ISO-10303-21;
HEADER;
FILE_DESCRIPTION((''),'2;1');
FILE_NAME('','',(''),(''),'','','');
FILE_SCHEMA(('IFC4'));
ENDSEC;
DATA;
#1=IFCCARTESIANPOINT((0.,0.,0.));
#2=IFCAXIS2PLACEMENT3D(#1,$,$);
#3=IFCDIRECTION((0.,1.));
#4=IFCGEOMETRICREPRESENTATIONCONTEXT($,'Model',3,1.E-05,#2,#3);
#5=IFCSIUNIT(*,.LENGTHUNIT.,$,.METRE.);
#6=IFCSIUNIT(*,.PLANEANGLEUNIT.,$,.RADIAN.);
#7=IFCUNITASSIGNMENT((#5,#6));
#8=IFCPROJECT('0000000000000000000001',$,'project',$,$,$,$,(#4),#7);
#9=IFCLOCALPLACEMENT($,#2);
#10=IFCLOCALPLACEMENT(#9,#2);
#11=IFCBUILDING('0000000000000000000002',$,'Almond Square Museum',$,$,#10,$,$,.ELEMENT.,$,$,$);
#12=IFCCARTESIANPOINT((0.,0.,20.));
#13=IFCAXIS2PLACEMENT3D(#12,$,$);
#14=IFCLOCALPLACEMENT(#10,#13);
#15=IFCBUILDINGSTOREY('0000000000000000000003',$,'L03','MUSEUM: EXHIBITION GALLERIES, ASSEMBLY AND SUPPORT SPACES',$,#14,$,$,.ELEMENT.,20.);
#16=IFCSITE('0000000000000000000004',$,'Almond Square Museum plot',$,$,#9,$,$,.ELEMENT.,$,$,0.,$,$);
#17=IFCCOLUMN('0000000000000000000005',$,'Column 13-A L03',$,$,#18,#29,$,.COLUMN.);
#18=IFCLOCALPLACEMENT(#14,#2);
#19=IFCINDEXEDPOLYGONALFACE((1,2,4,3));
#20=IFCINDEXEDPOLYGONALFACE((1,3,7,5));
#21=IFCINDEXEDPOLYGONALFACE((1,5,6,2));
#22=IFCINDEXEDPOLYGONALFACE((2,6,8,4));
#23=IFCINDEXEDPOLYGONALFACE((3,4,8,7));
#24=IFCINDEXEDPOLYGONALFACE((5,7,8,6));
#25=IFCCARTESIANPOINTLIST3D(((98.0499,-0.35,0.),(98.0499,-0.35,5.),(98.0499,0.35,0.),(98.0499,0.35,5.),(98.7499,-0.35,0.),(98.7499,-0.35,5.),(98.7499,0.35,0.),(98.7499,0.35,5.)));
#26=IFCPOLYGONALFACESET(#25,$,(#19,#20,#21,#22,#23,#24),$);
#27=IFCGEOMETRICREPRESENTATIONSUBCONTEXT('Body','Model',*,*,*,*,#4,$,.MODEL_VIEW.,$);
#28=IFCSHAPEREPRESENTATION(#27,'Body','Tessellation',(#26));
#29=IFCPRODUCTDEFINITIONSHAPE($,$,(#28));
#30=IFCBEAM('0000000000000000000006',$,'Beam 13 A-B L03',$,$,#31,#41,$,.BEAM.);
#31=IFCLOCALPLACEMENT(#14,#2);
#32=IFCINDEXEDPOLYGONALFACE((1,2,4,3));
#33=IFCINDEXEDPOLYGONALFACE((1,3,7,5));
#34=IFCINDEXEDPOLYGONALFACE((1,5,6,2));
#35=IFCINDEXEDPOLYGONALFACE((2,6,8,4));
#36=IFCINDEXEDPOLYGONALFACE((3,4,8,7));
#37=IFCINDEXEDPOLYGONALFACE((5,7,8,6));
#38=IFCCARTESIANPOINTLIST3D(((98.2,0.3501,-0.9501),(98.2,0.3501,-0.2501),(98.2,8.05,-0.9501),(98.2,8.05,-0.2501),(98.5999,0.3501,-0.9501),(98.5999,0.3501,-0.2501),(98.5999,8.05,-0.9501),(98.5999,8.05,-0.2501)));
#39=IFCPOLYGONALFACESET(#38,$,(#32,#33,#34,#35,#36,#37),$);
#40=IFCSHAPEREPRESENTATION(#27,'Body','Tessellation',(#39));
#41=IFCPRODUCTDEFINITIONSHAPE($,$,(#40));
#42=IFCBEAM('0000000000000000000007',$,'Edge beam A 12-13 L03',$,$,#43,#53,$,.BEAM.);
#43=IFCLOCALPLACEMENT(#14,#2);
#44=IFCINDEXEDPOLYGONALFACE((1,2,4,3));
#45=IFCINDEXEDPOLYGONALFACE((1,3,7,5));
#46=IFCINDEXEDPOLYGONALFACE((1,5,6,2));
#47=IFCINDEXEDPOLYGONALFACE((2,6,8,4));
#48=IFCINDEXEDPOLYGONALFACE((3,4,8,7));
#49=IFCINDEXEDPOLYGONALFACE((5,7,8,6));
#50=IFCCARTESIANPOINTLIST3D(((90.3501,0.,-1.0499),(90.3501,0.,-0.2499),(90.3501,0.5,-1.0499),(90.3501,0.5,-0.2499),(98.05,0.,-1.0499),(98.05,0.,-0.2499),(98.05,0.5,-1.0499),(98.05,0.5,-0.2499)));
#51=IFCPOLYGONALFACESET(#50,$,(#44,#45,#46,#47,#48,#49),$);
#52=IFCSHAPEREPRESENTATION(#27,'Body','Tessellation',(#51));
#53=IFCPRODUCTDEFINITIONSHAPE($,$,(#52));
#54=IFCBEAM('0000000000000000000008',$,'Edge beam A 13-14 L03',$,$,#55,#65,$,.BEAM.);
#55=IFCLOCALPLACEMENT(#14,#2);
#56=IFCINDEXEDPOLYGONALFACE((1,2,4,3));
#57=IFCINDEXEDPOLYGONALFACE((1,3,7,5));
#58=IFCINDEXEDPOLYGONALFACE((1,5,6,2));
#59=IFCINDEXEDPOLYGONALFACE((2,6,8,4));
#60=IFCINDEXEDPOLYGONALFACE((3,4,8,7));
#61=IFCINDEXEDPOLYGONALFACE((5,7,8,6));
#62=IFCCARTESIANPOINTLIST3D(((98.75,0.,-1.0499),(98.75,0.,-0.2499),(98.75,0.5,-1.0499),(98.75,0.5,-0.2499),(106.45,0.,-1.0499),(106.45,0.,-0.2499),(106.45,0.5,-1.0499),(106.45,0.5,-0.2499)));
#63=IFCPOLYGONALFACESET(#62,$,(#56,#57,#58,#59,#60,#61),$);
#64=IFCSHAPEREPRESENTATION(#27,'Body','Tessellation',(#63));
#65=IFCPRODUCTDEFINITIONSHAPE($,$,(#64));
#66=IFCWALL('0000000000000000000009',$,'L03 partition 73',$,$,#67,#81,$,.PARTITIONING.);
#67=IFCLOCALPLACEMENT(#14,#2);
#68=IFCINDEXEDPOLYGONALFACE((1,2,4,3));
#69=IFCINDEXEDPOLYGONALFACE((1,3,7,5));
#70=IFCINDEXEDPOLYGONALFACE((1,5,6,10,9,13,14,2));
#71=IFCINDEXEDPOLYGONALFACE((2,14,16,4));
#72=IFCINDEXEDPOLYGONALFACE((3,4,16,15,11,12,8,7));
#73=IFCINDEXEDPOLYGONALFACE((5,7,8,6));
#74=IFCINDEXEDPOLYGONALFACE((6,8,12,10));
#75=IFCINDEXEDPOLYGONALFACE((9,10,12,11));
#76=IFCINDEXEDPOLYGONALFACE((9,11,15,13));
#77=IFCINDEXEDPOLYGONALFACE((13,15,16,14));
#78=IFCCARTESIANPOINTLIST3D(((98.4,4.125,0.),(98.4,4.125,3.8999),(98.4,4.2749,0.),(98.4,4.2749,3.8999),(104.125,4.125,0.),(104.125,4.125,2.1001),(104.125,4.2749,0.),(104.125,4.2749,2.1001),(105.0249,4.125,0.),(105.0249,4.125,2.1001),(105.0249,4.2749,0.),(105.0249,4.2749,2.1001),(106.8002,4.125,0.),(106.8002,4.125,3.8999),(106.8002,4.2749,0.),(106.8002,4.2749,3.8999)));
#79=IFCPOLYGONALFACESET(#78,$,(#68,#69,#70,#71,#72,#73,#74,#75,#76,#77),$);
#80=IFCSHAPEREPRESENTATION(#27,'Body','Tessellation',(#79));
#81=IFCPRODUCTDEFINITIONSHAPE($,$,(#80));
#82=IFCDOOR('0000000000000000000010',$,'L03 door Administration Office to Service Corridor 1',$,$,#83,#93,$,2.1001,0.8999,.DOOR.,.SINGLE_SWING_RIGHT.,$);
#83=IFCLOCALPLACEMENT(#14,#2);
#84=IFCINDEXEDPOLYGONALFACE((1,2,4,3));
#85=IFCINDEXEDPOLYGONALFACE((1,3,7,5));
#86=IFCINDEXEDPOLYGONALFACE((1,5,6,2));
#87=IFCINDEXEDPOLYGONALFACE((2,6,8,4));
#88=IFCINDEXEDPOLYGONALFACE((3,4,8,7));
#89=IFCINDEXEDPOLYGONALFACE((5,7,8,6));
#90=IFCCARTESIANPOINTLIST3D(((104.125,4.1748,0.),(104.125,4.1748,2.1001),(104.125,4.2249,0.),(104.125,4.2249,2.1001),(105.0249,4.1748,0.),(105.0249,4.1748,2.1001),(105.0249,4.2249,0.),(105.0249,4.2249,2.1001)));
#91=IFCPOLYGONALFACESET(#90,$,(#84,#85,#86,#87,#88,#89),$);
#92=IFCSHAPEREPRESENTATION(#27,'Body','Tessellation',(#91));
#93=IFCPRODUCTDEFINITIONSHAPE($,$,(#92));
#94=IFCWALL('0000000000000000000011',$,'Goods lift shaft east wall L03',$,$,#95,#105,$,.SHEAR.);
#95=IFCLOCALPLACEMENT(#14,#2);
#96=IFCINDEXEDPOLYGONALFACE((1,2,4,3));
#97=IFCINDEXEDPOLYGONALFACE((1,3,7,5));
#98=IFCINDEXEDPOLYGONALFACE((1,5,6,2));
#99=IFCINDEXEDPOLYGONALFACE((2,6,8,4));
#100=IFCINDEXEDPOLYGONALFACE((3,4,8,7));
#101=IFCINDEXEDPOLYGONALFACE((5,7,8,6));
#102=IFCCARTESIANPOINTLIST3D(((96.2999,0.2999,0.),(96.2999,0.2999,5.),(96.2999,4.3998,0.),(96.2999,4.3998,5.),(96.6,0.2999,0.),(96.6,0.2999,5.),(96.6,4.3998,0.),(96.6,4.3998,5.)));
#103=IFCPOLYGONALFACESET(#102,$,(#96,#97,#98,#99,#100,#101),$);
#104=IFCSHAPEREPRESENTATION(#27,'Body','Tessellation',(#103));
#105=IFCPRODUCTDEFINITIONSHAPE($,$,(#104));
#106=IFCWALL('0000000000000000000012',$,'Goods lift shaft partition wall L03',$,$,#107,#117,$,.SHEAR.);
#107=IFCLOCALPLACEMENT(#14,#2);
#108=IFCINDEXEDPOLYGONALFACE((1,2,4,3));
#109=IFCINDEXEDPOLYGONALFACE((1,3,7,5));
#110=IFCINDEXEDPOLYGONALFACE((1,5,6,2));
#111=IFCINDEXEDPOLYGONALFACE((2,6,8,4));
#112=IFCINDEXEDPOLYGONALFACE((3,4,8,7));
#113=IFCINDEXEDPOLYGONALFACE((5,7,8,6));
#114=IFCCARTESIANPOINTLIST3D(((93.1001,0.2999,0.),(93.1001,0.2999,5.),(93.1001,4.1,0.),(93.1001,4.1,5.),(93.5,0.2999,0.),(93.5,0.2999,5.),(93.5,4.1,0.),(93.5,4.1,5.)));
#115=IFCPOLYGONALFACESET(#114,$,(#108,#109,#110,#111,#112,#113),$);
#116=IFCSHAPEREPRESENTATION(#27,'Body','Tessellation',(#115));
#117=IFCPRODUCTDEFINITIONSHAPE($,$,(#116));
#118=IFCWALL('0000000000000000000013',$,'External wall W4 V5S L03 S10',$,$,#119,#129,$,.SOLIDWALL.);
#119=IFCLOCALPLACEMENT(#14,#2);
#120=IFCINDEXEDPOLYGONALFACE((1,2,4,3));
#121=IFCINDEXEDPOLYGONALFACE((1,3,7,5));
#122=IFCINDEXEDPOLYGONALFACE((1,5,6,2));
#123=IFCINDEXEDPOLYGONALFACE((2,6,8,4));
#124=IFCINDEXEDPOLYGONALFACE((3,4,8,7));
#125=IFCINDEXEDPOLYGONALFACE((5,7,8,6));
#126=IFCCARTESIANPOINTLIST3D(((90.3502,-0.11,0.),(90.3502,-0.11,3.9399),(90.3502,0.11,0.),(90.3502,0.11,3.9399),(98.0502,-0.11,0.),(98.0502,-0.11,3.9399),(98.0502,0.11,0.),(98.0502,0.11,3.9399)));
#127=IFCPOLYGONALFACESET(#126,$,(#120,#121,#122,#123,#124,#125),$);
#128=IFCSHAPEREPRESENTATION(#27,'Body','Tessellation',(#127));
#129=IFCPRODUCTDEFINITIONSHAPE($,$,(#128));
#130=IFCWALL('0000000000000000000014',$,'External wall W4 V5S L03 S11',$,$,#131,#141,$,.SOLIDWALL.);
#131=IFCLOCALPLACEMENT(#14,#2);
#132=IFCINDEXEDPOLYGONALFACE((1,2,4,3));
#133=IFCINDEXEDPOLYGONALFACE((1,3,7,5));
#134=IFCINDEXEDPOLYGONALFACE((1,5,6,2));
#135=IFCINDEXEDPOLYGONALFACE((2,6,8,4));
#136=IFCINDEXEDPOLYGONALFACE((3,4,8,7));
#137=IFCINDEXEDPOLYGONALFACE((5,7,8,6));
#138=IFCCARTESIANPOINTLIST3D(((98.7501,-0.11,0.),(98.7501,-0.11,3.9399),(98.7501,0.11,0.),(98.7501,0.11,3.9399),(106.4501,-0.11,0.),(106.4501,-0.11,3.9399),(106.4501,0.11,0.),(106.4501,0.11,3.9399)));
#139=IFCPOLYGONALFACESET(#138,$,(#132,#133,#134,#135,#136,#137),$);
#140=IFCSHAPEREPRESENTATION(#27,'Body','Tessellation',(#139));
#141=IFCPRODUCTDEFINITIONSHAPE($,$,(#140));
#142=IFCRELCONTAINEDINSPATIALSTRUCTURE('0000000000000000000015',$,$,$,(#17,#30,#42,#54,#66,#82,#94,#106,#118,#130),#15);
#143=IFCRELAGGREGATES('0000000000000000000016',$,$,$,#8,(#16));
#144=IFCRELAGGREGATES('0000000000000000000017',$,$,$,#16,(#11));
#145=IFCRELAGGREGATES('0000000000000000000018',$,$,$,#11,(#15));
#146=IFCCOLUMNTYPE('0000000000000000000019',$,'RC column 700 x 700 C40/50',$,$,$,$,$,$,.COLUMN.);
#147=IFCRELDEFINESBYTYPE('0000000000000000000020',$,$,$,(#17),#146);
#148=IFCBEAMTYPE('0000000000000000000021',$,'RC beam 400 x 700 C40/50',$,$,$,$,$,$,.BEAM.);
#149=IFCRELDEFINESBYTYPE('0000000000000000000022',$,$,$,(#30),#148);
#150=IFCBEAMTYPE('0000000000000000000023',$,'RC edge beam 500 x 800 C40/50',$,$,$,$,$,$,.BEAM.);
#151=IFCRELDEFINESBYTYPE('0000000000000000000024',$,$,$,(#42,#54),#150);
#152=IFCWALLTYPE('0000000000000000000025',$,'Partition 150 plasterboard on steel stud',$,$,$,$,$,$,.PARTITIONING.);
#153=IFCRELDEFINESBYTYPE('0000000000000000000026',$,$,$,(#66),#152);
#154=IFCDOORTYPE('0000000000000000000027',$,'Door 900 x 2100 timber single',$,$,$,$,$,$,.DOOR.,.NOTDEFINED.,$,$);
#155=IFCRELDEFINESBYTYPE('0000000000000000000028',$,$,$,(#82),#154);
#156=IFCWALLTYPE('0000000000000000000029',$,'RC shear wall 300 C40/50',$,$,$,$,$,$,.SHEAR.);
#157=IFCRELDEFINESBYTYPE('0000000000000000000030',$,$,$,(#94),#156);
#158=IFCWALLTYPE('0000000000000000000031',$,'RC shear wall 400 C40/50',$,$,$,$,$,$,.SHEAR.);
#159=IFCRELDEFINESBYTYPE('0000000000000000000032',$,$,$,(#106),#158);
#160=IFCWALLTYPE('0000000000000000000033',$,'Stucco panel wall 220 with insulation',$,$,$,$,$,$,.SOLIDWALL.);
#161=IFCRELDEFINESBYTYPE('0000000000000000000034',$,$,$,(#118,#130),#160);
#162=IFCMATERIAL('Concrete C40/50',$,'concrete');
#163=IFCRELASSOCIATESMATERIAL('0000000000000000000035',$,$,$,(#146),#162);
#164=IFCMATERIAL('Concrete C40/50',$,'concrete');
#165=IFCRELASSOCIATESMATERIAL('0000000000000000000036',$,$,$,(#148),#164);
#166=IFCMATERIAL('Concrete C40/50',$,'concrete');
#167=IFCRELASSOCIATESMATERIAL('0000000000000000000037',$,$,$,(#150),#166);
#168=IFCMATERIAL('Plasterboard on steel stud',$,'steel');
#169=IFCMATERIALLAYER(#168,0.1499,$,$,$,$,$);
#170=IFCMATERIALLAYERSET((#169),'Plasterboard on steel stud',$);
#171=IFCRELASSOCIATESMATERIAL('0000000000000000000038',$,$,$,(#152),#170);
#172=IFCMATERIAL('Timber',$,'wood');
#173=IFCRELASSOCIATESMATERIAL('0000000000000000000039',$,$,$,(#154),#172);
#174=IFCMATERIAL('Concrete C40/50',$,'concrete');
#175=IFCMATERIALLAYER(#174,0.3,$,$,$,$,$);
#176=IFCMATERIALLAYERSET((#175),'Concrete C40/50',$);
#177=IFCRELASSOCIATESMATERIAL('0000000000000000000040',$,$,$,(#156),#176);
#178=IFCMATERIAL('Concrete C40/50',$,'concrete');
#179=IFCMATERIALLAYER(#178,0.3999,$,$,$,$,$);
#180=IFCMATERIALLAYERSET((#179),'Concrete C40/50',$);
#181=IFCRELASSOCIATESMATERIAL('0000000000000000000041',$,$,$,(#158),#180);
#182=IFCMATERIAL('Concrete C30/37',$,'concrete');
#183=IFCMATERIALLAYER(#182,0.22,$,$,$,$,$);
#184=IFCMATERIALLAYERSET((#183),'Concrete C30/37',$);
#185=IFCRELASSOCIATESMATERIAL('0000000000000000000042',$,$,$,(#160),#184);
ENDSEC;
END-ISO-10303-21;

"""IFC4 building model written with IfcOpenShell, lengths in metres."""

from ifc_helpers import new_model, si_unit, direction, frame, frame_2d, origin, origin_2d, place, context, subcontext, project, spatial, rectangle, extrude, material, layer, layer_set, material_profile, profile_set, type_object, element, fill, save


model = new_model("IFC4")

# Units and contexts
model_context = context("Model", 3, precision=1e-05, world=origin(), true_north=direction((0.0, 1.0)))
body_context = subcontext(model_context, "Body", "Model", "MODEL_VIEW")
ifc_project = project(units=[si_unit("LENGTHUNIT", "METRE"), si_unit("PLANEANGLEUNIT", "RADIAN")], contexts=[model_context])

# Site, building, storey
site_placement = place(None, origin())
site = spatial("IfcSite", under=ifc_project, at=site_placement, Name="Almond Square Museum plot", CompositionType="ELEMENT", RefElevation=0.0)
building_placement = place(site_placement, origin())
building = spatial("IfcBuilding", under=site, at=building_placement, Name="Almond Square Museum", CompositionType="ELEMENT")
storey_placement = place(building_placement, frame((0.0, 0.0, 20.0)))
storey = spatial("IfcBuildingStorey", under=building, at=storey_placement, Name="L03", Description="MUSEUM: EXHIBITION GALLERIES, ASSEMBLY AND SUPPORT SPACES", CompositionType="ELEMENT", Elevation=20.0)

# Column
ifc_material_1 = material(Name="Concrete C40/50", Category="concrete")
ifc_material_profile_1 = material_profile(ifc_material_1, rectangle(XDim=0.7, YDim=0.7, at=origin_2d()))
ifc_profile_set_1 = profile_set([ifc_material_profile_1], Name="Concrete C40/50")
column_type = type_object("IfcColumnType", Name="RC column 700 x 700 C40/50", PredefinedType="COLUMN", material=ifc_profile_set_1)
column_placement = place(storey_placement, frame((98.3999, 0.0, 0.0), z_axis=(0.0, 0.0, 1.0), x_axis=(1.0, 0.0, 0.0)))
element("IfcColumn", 1, at=column_placement, inside=storey, type_object=column_type, Name="Column 13-A L03", PredefinedType="COLUMN", context=body_context, shape_type="SweptSolid", body=[
    extrude(rectangle(XDim=0.7, YDim=0.7, at=origin_2d()), origin(), (0.0, 0.0, 1.0), 5.0),
])

# Beams
ifc_material_2 = material(Name="Concrete C40/50", Category="concrete")
ifc_material_profile_2 = material_profile(ifc_material_2, rectangle(XDim=0.3999, YDim=0.7, at=origin_2d()))
ifc_profile_set_2 = profile_set([ifc_material_profile_2], Name="Concrete C40/50")
beam_type_1 = type_object("IfcBeamType", Name="RC beam 400 x 700 C40/50", PredefinedType="BEAM", material=ifc_profile_set_2)
beam_placement = place(storey_placement, frame((98.3999, 0.3501, -0.6001), z_axis=(0.0, 1.0, 0.0), x_axis=(-1.0, 0.0, 0.0)))
element("IfcBeam", 2, at=beam_placement, inside=storey, type_object=beam_type_1, Name="Beam 13 A-B L03", PredefinedType="BEAM", context=body_context, shape_type="SweptSolid", body=[
    extrude(rectangle(XDim=0.3999, YDim=0.7, at=origin_2d()), origin(), (0.0, 0.0, 1.0), 7.7),
])
ifc_material_3 = material(Name="Concrete C40/50", Category="concrete")
ifc_material_profile_3 = material_profile(ifc_material_3, rectangle(XDim=0.5, YDim=0.8, at=origin_2d()))
ifc_profile_set_3 = profile_set([ifc_material_profile_3], Name="Concrete C40/50")
beam_type_2 = type_object("IfcBeamType", Name="RC edge beam 500 x 800 C40/50", PredefinedType="BEAM", material=ifc_profile_set_3)
for number, where, z_axis, x_axis, name in (
    (3, (90.3501, 0.25, -0.6499), (1.0, 0.0, 0.0), (0.0, 1.0, 0.0), "Edge beam A 12-13 L03"),
    (4, (98.75, 0.25, -0.6499), (1.0, 0.0, 0.0), (0.0, 1.0, 0.0), "Edge beam A 13-14 L03"),
):
    element("IfcBeam", number, at=place(storey_placement, frame(where, z_axis=z_axis, x_axis=x_axis)), inside=storey, type_object=beam_type_2, Name=name, PredefinedType="BEAM", context=body_context, shape_type="SweptSolid", body=[
        extrude(rectangle(XDim=0.5, YDim=0.8, at=origin_2d()), origin(), (0.0, 0.0, 1.0), 7.7),
    ])

# Wall, opening, door
ifc_material_4 = material(Name="Plasterboard on steel stud", Category="steel")
ifc_layer_1 = layer(ifc_material_4, 0.1499)
ifc_layer_set_1 = layer_set([ifc_layer_1], Name="Plasterboard on steel stud")
wall_type_1 = type_object("IfcWallType", Name="Partition 150 plasterboard on steel stud", PredefinedType="PARTITIONING", material=ifc_layer_set_1)
wall_1_placement = place(storey_placement, frame((98.3999, 4.2, 0.0), z_axis=(0.0, 0.0, 1.0), x_axis=(1.0, 0.0, 0.0)))
wall_1 = element("IfcWall", 5, at=wall_1_placement, inside=storey, type_object=wall_type_1, Name="L03 partition 73", PredefinedType="PARTITIONING", context=body_context, shape_type="SweptSolid", body=[
    extrude(rectangle(XDim=8.4001, YDim=0.1499, at=frame_2d((4.2002, 0.0))), origin(), (0.0, 0.0, 1.0), 3.8999),
])
opening_placement = place(wall_1_placement, frame((5.7251, 0.0, 0.0)))
opening = element("IfcOpeningElement", 6, at=opening_placement, cuts=wall_1, PredefinedType="OPENING", context=body_context, shape_type="SweptSolid", body=[
    extrude(rectangle(XDim=0.8999, YDim=2.1001, at=frame_2d((0.45, 1.05))), frame((0.0, 0.085, 0.0), z_axis=(0.0, -1.0, 0.0), x_axis=(1.0, 0.0, 0.0)), (0.0, 0.0, 1.0), 0.1699),
])
ifc_material_5 = material(Name="Timber", Category="wood")
door_type = type_object("IfcDoorType", Name="Door 900 x 2100 timber single", OperationType="NOTDEFINED", PredefinedType="DOOR", material=ifc_material_5)
door_placement = place(opening_placement, origin())
door = element("IfcDoor", 7, at=door_placement, inside=storey, type_object=door_type, Name="L03 door Administration Office to Service Corridor 1", OperationType="SINGLE_SWING_RIGHT", OverallHeight=2.1001, OverallWidth=0.8999, PredefinedType="DOOR", context=body_context, shape_type="SweptSolid", body=[
    extrude(rectangle(XDim=0.8999, YDim=2.1001, at=frame_2d((0.45, 1.05))), frame((0.0, 0.0249, 0.0), z_axis=(0.0, -1.0, 0.0), x_axis=(1.0, 0.0, 0.0)), (0.0, 0.0, 1.0), 0.05),
])
fill(opening, door)

# Walls
ifc_material_6 = material(Name="Concrete C40/50", Category="concrete")
ifc_layer_2 = layer(ifc_material_6, 0.3)
ifc_layer_set_2 = layer_set([ifc_layer_2], Name="Concrete C40/50")
wall_type_2 = type_object("IfcWallType", Name="RC shear wall 300 C40/50", PredefinedType="SHEAR", material=ifc_layer_set_2)
wall_2_placement = place(storey_placement, frame((96.45, 0.3, 0.0), z_axis=(0.0, 0.0, 1.0), x_axis=(0.0, 1.0, 0.0)))
element("IfcWall", 8, at=wall_2_placement, inside=storey, type_object=wall_type_2, Name="Goods lift shaft east wall L03", PredefinedType="SHEAR", context=body_context, shape_type="SweptSolid", body=[
    extrude(rectangle(XDim=4.0999, YDim=0.3, at=frame_2d((2.0498, 0.0))), origin(), (0.0, 0.0, 1.0), 5.0),
])
ifc_material_7 = material(Name="Concrete C40/50", Category="concrete")
ifc_layer_3 = layer(ifc_material_7, 0.3999)
ifc_layer_set_3 = layer_set([ifc_layer_3], Name="Concrete C40/50")
wall_type_3 = type_object("IfcWallType", Name="RC shear wall 400 C40/50", PredefinedType="SHEAR", material=ifc_layer_set_3)
wall_3_placement = place(storey_placement, frame((93.3, 0.3, 0.0), z_axis=(0.0, 0.0, 1.0), x_axis=(0.0, 1.0, 0.0)))
element("IfcWall", 9, at=wall_3_placement, inside=storey, type_object=wall_type_3, Name="Goods lift shaft partition wall L03", PredefinedType="SHEAR", context=body_context, shape_type="SweptSolid", body=[
    extrude(rectangle(XDim=3.8, YDim=0.3999, at=frame_2d((1.8999, 0.0))), origin(), (0.0, 0.0, 1.0), 5.0),
])
ifc_material_8 = material(Name="Concrete C30/37", Category="concrete")
ifc_layer_4 = layer(ifc_material_8, 0.22)
ifc_layer_set_4 = layer_set([ifc_layer_4], Name="Concrete C30/37")
wall_type_4 = type_object("IfcWallType", Name="Stucco panel wall 220 with insulation", PredefinedType="SOLIDWALL", material=ifc_layer_set_4)
for number, where, z_axis, x_axis, name in (
    (10, (90.3501, 0.0, 0.0), (0.0, 0.0, 1.0), (1.0, 0.0, 0.0), "External wall W4 V5S L03 S10"),
    (11, (98.75, 0.0, 0.0), (0.0, 0.0, 1.0), (1.0, 0.0, 0.0), "External wall W4 V5S L03 S11"),
):
    element("IfcWall", number, at=place(storey_placement, frame(where, z_axis=z_axis, x_axis=x_axis)), inside=storey, type_object=wall_type_4, Name=name, PredefinedType="SOLIDWALL", context=body_context, shape_type="SweptSolid", body=[
        extrude(rectangle(XDim=7.7, YDim=0.22, at=frame_2d((3.8501, 0.0))), origin(), (0.0, 0.0, 1.0), 3.9399),
    ])

save(model, "model.ifc")
